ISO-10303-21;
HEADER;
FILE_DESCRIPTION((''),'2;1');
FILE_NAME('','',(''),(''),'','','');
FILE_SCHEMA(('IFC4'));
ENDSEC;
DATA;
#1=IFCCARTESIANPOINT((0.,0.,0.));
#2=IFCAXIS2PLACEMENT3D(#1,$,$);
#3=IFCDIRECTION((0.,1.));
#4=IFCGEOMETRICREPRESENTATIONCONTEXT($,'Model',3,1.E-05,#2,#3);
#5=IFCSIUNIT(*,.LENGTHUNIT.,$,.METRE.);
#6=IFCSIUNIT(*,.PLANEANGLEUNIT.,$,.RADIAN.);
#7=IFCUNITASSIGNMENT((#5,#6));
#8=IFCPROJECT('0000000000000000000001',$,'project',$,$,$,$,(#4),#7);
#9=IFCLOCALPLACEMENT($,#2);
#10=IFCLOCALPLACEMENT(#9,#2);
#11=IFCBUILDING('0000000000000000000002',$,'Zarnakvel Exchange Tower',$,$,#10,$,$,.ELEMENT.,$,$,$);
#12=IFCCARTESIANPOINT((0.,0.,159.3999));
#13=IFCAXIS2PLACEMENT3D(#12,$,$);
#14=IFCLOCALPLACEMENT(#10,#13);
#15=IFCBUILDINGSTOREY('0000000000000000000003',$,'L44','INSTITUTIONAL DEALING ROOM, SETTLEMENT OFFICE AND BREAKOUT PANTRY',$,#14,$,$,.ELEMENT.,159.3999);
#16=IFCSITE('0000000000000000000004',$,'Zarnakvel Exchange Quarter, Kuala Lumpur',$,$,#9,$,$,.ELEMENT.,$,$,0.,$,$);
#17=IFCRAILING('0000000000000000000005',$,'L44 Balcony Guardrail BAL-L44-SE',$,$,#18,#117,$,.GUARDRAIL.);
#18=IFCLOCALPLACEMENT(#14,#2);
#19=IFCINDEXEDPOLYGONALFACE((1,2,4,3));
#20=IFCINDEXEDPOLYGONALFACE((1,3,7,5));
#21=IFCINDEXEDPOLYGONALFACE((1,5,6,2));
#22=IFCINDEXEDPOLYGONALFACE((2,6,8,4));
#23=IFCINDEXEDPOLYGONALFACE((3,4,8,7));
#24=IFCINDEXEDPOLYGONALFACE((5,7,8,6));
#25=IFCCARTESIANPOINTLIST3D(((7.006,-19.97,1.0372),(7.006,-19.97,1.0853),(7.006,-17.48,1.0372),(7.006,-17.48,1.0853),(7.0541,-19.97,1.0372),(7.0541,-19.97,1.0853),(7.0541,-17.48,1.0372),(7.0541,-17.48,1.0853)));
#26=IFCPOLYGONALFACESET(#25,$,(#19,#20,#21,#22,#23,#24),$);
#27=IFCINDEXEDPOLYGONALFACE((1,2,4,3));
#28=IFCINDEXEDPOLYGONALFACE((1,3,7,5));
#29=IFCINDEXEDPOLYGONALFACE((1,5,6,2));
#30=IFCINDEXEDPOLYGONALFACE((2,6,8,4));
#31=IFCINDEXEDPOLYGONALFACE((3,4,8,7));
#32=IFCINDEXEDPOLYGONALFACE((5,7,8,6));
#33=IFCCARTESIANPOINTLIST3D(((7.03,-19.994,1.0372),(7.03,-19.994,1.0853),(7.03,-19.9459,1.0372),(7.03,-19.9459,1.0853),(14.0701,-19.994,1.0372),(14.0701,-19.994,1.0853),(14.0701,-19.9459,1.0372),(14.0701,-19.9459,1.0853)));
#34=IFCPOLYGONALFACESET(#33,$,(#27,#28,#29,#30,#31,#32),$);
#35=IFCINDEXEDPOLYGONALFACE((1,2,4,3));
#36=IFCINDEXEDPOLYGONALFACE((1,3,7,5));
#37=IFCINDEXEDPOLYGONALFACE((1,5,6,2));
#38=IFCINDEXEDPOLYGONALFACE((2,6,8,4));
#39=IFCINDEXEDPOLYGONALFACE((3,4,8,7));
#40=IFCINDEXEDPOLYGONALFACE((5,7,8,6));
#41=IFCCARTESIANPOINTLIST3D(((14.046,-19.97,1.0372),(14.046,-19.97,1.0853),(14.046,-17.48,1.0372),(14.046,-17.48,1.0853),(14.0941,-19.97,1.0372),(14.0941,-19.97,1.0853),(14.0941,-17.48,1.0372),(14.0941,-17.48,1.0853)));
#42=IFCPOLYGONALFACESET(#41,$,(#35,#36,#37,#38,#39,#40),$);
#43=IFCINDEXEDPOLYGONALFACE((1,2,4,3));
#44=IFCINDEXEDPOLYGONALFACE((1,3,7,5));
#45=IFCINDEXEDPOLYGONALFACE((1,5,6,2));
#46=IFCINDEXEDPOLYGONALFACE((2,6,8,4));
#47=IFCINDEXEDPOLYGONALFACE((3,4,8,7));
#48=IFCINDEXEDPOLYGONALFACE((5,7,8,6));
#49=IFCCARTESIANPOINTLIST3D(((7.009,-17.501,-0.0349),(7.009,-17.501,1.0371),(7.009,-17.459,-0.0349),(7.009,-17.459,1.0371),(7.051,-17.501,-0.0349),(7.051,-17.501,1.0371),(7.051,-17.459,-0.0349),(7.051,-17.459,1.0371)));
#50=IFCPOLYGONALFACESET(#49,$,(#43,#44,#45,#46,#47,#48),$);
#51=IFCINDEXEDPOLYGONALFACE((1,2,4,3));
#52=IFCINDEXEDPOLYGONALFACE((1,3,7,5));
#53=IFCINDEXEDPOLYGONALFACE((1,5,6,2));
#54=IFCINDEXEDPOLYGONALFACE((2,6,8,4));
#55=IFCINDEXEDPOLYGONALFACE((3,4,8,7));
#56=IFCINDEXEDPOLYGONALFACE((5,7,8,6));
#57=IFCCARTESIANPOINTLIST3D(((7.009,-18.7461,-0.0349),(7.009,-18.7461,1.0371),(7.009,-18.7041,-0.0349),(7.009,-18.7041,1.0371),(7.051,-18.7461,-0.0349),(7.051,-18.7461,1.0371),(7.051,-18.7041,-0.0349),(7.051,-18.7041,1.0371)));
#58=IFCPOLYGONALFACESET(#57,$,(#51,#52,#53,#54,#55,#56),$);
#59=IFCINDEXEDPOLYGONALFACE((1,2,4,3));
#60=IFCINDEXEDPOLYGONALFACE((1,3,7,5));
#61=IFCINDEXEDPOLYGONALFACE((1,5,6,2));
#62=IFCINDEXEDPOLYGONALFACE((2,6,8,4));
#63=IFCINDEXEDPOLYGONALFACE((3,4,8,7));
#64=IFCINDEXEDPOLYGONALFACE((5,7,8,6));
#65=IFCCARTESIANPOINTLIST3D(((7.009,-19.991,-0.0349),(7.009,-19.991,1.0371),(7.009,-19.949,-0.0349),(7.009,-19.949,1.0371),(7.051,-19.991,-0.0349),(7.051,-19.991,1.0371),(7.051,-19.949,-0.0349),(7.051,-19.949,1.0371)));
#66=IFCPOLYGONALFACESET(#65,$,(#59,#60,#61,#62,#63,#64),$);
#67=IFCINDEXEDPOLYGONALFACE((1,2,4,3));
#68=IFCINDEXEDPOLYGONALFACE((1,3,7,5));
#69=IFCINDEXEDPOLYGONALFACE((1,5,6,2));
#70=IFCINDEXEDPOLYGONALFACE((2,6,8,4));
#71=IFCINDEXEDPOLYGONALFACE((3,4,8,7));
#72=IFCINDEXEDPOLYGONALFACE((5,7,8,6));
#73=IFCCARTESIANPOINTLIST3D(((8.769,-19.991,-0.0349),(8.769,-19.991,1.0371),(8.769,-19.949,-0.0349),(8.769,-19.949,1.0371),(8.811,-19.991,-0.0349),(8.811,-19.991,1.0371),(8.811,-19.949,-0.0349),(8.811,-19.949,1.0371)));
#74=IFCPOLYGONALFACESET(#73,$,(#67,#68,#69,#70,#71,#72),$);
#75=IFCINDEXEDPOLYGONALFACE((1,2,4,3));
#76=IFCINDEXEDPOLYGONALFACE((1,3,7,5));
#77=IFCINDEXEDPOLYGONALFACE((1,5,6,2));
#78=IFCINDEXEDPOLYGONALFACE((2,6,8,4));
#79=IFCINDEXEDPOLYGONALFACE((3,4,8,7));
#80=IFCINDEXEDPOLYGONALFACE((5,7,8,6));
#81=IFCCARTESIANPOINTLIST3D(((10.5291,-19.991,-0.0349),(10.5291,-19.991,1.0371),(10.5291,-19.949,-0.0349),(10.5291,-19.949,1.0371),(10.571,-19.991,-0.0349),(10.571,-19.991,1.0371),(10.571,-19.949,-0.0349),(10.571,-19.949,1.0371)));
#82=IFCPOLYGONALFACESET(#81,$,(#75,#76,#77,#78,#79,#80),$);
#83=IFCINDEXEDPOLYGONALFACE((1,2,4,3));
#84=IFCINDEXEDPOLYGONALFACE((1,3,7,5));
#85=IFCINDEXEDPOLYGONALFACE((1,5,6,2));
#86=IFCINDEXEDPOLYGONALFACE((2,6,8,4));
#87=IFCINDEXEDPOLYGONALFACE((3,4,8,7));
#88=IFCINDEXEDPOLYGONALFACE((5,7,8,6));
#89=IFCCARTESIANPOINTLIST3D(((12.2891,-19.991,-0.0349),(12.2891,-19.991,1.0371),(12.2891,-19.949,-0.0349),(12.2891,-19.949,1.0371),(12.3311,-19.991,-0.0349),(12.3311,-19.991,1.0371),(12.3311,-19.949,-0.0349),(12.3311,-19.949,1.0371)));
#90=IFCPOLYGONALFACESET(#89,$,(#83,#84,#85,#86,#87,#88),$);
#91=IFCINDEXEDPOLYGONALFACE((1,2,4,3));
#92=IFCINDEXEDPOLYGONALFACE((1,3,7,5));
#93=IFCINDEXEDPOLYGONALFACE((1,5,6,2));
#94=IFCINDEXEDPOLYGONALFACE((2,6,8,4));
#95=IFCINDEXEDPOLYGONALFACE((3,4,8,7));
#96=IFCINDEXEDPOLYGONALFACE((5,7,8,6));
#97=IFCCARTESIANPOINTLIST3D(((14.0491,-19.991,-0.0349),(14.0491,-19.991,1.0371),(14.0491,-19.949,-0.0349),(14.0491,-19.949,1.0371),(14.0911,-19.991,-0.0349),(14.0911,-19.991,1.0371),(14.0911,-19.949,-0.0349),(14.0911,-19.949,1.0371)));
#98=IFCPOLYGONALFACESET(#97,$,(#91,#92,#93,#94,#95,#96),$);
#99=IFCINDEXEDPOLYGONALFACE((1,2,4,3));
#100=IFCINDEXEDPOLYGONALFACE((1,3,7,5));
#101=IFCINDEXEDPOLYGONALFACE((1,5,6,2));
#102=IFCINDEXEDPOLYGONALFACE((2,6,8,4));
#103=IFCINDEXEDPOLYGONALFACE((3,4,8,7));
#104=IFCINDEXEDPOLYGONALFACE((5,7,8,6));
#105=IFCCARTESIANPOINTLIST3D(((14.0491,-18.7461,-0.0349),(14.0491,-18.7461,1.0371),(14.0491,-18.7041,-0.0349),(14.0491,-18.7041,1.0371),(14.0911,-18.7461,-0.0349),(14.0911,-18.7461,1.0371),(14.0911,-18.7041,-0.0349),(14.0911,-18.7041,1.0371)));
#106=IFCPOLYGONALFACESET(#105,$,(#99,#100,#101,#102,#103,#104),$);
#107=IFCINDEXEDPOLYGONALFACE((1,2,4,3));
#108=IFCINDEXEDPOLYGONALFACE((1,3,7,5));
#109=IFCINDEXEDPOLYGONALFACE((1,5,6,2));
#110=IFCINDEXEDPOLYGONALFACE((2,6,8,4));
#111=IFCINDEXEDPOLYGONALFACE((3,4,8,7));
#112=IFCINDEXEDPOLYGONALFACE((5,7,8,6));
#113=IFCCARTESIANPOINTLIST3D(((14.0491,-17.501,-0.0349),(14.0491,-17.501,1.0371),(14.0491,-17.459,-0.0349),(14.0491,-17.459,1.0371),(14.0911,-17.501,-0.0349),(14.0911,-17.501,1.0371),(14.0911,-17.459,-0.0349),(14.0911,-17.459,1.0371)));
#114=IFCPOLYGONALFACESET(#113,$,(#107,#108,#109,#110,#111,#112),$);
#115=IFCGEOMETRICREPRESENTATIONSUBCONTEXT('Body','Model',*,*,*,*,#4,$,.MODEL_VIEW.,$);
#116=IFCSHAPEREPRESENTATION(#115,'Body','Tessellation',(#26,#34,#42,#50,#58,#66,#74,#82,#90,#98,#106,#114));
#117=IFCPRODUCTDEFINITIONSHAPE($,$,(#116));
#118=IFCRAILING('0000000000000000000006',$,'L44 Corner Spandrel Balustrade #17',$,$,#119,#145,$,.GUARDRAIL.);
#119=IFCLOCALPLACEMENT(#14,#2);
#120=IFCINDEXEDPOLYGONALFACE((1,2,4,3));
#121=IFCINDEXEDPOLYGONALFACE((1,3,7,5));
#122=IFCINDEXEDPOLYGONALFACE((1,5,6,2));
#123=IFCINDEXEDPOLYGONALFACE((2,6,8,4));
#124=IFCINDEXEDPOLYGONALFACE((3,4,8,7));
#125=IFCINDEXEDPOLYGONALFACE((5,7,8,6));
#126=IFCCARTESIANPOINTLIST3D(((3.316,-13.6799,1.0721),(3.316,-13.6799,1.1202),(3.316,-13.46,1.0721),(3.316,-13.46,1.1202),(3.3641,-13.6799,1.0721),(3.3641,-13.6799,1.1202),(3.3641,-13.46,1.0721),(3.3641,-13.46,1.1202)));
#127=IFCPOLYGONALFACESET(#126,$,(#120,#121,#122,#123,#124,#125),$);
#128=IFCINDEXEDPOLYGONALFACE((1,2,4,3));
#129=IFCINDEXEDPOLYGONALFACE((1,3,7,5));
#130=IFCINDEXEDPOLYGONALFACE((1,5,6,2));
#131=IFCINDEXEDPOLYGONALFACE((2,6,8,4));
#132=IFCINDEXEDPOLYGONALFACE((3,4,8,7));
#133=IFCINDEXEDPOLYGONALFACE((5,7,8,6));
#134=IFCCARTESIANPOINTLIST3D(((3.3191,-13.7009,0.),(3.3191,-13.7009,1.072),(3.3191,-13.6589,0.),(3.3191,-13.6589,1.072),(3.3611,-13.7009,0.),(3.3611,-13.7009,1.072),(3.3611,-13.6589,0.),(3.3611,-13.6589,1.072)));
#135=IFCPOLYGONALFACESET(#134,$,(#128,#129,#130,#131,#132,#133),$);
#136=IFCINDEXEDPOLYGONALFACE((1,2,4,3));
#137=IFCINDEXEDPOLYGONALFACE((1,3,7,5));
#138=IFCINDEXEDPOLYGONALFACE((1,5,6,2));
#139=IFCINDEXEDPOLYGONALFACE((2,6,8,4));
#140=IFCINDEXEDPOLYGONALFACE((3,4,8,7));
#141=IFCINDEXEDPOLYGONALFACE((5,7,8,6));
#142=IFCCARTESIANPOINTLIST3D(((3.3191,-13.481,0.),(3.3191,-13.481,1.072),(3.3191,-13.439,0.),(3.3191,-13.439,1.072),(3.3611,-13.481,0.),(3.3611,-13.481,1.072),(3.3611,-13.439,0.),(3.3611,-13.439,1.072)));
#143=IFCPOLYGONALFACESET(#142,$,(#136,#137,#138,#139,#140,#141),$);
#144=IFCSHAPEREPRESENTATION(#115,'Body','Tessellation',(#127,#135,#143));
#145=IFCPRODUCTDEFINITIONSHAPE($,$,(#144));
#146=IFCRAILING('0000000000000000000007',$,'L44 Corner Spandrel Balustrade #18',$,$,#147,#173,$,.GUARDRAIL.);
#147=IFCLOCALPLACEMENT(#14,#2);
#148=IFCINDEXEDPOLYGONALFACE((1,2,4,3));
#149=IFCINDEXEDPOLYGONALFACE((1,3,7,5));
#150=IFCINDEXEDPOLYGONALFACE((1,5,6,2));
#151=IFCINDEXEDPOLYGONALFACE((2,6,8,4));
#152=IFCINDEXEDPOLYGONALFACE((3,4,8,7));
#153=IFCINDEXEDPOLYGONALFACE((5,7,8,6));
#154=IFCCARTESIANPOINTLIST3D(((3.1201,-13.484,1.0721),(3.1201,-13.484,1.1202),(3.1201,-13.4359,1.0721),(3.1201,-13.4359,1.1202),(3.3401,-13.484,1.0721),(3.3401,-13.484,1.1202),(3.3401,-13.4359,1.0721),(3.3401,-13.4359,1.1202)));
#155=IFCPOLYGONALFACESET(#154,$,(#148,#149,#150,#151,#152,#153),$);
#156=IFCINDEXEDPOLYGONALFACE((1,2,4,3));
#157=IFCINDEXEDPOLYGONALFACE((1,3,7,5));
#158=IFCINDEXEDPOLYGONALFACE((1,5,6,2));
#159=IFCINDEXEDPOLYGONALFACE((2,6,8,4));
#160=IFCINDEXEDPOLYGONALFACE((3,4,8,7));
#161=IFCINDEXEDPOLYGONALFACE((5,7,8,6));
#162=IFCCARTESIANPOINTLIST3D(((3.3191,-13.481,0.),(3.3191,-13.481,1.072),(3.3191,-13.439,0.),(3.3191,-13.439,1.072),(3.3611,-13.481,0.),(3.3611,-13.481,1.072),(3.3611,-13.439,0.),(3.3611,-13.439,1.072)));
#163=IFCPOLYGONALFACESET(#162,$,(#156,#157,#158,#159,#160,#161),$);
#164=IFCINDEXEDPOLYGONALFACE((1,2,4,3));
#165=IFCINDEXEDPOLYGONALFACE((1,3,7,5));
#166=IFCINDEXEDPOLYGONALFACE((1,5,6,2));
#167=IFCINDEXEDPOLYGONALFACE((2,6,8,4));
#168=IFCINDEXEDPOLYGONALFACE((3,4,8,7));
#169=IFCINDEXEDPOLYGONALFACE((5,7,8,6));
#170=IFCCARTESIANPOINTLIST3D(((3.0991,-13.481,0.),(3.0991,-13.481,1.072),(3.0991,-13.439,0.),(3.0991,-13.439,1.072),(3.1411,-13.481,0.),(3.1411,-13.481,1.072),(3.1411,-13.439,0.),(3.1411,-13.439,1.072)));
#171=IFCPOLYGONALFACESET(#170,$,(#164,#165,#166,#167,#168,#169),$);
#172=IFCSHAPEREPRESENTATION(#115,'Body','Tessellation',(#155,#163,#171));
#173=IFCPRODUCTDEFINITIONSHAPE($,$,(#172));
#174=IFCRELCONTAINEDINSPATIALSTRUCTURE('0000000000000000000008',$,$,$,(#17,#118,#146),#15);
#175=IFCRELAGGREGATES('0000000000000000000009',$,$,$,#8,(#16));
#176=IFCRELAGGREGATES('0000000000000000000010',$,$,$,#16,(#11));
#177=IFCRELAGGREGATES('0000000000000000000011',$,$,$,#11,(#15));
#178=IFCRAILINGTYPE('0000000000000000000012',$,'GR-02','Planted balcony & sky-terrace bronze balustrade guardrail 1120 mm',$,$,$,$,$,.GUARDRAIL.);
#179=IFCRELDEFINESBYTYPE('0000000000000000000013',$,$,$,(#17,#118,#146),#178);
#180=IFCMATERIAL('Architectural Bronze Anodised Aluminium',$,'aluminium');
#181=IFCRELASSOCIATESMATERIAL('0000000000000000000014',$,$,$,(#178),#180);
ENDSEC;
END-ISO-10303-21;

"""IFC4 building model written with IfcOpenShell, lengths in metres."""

from ifc_helpers import new_model, si_unit, direction, frame, origin, origin_2d, place, context, subcontext, project, spatial, rectangle, extrude, material, type_object, element, save


model = new_model("IFC4")

# Units and contexts
model_context = context("Model", 3, precision=1e-05, world=origin(), true_north=direction((0.0, 1.0)))
body_context = subcontext(model_context, "Body", "Model", "MODEL_VIEW")
ifc_project = project(units=[si_unit("LENGTHUNIT", "METRE"), si_unit("PLANEANGLEUNIT", "RADIAN")], contexts=[model_context])

# Site, building, storey
site_placement = place(None, origin())
site = spatial("IfcSite", under=ifc_project, at=site_placement, Name="Zarnakvel Exchange Quarter, Kuala Lumpur", CompositionType="ELEMENT", RefElevation=0.0)
building_placement = place(site_placement, origin())
building = spatial("IfcBuilding", under=site, at=building_placement, Name="Zarnakvel Exchange Tower", CompositionType="ELEMENT")
storey_placement = place(building_placement, frame((0.0, 0.0, 159.3999)))
storey = spatial("IfcBuildingStorey", under=building, at=storey_placement, Name="L44", Description="INSTITUTIONAL DEALING ROOM, SETTLEMENT OFFICE AND BREAKOUT PANTRY", CompositionType="ELEMENT", Elevation=159.3999)

# Shared definitions
ifc_material_1 = material(Name="Architectural Bronze Anodised Aluminium", Category="aluminium")

# Railings
railing_type = type_object("IfcRailingType", Name="GR-02", Description="Planted balcony & sky-terrace bronze balustrade guardrail 1120 mm", PredefinedType="GUARDRAIL", material=ifc_material_1)
railing_1_placement = place(storey_placement, frame((7.03, -17.48, -0.0349)))
element("IfcRailing", 1, at=railing_1_placement, inside=storey, type_object=railing_type, Name="L44 Balcony Guardrail BAL-L44-SE", PredefinedType="GUARDRAIL", context=body_context, shape_type="SweptSolid", body=[
    extrude(rectangle(XDim=0.0481, YDim=0.0481, at=origin_2d()), frame((0.0, 0.0, 1.0962), z_axis=(0.0, -1.0, 0.0), x_axis=(1.0, 0.0, 0.0)), (0.0, 0.0, 1.0), 2.49),
    extrude(rectangle(XDim=0.0481, YDim=0.0481, at=origin_2d()), frame((0.0, -2.49, 1.0962), z_axis=(1.0, 0.0, 0.0), x_axis=(0.0, 1.0, 0.0)), (0.0, 0.0, 1.0), 7.04),
    extrude(rectangle(XDim=0.0481, YDim=0.0481, at=origin_2d()), frame((7.04, -2.49, 1.0962), z_axis=(0.0, 1.0, 0.0), x_axis=(-1.0, 0.0, 0.0)), (0.0, 0.0, 1.0), 2.49),
    extrude(rectangle(XDim=0.042, YDim=0.042, at=origin_2d()), origin(), (0.0, 0.0, 1.0), 1.072),
    extrude(rectangle(XDim=0.042, YDim=0.042, at=origin_2d()), frame((0.0, -1.2451, 0.0)), (0.0, 0.0, 1.0), 1.072),
    extrude(rectangle(XDim=0.042, YDim=0.042, at=origin_2d()), frame((0.0, -2.49, 0.0)), (0.0, 0.0, 1.0), 1.072),
    extrude(rectangle(XDim=0.042, YDim=0.042, at=origin_2d()), frame((1.76, -2.49, 0.0)), (0.0, 0.0, 1.0), 1.072),
    extrude(rectangle(XDim=0.042, YDim=0.042, at=origin_2d()), frame((3.52, -2.49, 0.0)), (0.0, 0.0, 1.0), 1.072),
    extrude(rectangle(XDim=0.042, YDim=0.042, at=origin_2d()), frame((5.28, -2.49, 0.0)), (0.0, 0.0, 1.0), 1.072),
    extrude(rectangle(XDim=0.042, YDim=0.042, at=origin_2d()), frame((7.04, -2.49, 0.0)), (0.0, 0.0, 1.0), 1.072),
    extrude(rectangle(XDim=0.042, YDim=0.042, at=origin_2d()), frame((7.04, -1.2451, 0.0)), (0.0, 0.0, 1.0), 1.072),
    extrude(rectangle(XDim=0.042, YDim=0.042, at=origin_2d()), frame((7.04, 0.0, 0.0)), (0.0, 0.0, 1.0), 1.072),
])
railing_2_placement = place(storey_placement, frame((3.3401, -13.6799, 0.0)))
element("IfcRailing", 2, at=railing_2_placement, inside=storey, type_object=railing_type, Name="L44 Corner Spandrel Balustrade #17", PredefinedType="GUARDRAIL", context=body_context, shape_type="SweptSolid", body=[
    extrude(rectangle(XDim=0.0481, YDim=0.0481, at=origin_2d()), frame((0.0, 0.0, 1.0962), z_axis=(0.0, 1.0, 0.0), x_axis=(-1.0, 0.0, 0.0)), (0.0, 0.0, 1.0), 0.22),
    extrude(rectangle(XDim=0.042, YDim=0.042, at=origin_2d()), origin(), (0.0, 0.0, 1.0), 1.072),
    extrude(rectangle(XDim=0.042, YDim=0.042, at=origin_2d()), frame((0.0, 0.22, 0.0)), (0.0, 0.0, 1.0), 1.072),
])
railing_3_placement = place(storey_placement, frame((3.3401, -13.46, 0.0)))
element("IfcRailing", 3, at=railing_3_placement, inside=storey, type_object=railing_type, Name="L44 Corner Spandrel Balustrade #18", PredefinedType="GUARDRAIL", context=body_context, shape_type="SweptSolid", body=[
    extrude(rectangle(XDim=0.0481, YDim=0.0481, at=origin_2d()), frame((0.0, 0.0, 1.0962), z_axis=(-1.0, 0.0, 0.0), x_axis=(0.0, -1.0, 0.0)), (0.0, 0.0, 1.0), 0.22),
    extrude(rectangle(XDim=0.042, YDim=0.042, at=origin_2d()), origin(), (0.0, 0.0, 1.0), 1.072),
    extrude(rectangle(XDim=0.042, YDim=0.042, at=origin_2d()), frame((-0.22, 0.0, 0.0)), (0.0, 0.0, 1.0), 1.072),
])

save(model, "model.ifc")
